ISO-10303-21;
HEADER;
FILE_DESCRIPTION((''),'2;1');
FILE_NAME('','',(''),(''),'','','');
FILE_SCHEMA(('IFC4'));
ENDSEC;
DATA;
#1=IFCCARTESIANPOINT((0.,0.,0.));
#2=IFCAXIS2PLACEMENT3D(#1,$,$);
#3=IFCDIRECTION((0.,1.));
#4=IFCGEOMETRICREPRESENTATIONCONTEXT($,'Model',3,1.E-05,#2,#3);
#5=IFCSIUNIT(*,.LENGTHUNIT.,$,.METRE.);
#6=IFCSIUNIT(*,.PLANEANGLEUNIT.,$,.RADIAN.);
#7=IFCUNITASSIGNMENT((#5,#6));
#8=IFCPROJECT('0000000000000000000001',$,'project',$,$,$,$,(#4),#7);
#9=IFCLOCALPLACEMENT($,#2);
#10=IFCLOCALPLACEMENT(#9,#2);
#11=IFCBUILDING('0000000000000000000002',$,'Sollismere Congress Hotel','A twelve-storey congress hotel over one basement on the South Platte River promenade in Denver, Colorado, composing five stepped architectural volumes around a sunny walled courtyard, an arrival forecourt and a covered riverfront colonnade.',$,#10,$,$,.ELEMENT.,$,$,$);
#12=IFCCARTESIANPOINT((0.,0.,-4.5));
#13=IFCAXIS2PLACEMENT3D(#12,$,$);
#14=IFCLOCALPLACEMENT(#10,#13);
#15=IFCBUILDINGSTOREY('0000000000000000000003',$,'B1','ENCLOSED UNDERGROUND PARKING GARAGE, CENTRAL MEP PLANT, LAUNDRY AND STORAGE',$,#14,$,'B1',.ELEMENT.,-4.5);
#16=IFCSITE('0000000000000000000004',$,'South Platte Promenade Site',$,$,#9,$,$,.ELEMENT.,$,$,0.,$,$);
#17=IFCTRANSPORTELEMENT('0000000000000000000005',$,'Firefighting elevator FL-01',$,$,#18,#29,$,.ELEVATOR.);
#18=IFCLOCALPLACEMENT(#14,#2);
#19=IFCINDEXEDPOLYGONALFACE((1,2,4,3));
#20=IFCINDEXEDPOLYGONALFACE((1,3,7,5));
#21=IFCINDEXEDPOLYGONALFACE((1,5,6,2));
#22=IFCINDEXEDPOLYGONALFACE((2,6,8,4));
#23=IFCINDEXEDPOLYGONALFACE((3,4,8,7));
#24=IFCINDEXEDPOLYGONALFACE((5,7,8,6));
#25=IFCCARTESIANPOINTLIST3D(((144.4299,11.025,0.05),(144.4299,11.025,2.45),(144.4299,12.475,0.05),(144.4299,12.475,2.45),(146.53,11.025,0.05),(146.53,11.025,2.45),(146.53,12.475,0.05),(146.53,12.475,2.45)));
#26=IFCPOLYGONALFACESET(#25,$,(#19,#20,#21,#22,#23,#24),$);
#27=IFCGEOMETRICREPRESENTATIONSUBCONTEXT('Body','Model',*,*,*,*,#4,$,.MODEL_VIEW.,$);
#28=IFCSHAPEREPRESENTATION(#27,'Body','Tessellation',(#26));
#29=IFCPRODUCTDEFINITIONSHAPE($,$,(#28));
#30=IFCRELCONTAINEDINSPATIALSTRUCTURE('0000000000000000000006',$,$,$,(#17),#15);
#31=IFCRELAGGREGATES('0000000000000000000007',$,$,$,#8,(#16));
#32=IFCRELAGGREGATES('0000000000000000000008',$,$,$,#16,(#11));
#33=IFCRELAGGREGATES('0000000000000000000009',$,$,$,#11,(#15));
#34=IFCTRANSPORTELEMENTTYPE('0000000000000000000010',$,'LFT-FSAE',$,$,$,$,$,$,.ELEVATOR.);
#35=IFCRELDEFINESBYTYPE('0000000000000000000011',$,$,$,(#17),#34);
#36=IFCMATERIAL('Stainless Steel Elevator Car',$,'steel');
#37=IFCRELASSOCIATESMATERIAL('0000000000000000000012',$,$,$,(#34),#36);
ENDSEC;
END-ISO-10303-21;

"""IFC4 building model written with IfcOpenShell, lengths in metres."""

from ifc_helpers import new_model, si_unit, direction, frame, origin, origin_2d, place, context, subcontext, project, spatial, rectangle, extrude, material, type_object, element, save


model = new_model("IFC4")

# Units and contexts
model_context = context("Model", 3, precision=1e-05, world=origin(), true_north=direction((0.0, 1.0)))
body_context = subcontext(model_context, "Body", "Model", "MODEL_VIEW")
ifc_project = project(units=[si_unit("LENGTHUNIT", "METRE"), si_unit("PLANEANGLEUNIT", "RADIAN")], contexts=[model_context])

# Site, building, storey
site_placement = place(None, origin())
site = spatial("IfcSite", under=ifc_project, at=site_placement, Name="South Platte Promenade Site", CompositionType="ELEMENT", RefElevation=0.0)
building_placement = place(site_placement, origin())
building = spatial("IfcBuilding", under=site, at=building_placement, Name="Sollismere Congress Hotel", Description="A twelve-storey congress hotel over one basement on the South Platte River promenade in Denver, Colorado, composing five stepped architectural volumes around a sunny walled courtyard, an arrival forecourt and a covered riverfront colonnade.", CompositionType="ELEMENT")
storey_placement = place(building_placement, frame((0.0, 0.0, -4.5)))
storey = spatial("IfcBuildingStorey", under=building, at=storey_placement, Name="B1", Description="ENCLOSED UNDERGROUND PARKING GARAGE, CENTRAL MEP PLANT, LAUNDRY AND STORAGE", LongName="B1", CompositionType="ELEMENT", Elevation=-4.5)

# Transport element
ifc_material_1 = material(Name="Stainless Steel Elevator Car", Category="steel")
transport_element_type = type_object("IfcTransportElementType", Name="LFT-FSAE", PredefinedType="ELEVATOR", material=ifc_material_1)
transport_element_placement = place(storey_placement, frame((145.48, 11.75, 0.05), z_axis=(0.0, 0.0, 1.0), x_axis=(1.0, 0.0, 0.0)))
element("IfcTransportElement", 1, at=transport_element_placement, inside=storey, type_object=transport_element_type, Name="Firefighting elevator FL-01", PredefinedType="ELEVATOR", context=body_context, shape_type="SweptSolid", body=[
    extrude(rectangle(XDim=2.1001, YDim=1.45, at=origin_2d()), origin(), (0.0, 0.0, 1.0), 2.3999),
])

save(model, "model.ifc")
